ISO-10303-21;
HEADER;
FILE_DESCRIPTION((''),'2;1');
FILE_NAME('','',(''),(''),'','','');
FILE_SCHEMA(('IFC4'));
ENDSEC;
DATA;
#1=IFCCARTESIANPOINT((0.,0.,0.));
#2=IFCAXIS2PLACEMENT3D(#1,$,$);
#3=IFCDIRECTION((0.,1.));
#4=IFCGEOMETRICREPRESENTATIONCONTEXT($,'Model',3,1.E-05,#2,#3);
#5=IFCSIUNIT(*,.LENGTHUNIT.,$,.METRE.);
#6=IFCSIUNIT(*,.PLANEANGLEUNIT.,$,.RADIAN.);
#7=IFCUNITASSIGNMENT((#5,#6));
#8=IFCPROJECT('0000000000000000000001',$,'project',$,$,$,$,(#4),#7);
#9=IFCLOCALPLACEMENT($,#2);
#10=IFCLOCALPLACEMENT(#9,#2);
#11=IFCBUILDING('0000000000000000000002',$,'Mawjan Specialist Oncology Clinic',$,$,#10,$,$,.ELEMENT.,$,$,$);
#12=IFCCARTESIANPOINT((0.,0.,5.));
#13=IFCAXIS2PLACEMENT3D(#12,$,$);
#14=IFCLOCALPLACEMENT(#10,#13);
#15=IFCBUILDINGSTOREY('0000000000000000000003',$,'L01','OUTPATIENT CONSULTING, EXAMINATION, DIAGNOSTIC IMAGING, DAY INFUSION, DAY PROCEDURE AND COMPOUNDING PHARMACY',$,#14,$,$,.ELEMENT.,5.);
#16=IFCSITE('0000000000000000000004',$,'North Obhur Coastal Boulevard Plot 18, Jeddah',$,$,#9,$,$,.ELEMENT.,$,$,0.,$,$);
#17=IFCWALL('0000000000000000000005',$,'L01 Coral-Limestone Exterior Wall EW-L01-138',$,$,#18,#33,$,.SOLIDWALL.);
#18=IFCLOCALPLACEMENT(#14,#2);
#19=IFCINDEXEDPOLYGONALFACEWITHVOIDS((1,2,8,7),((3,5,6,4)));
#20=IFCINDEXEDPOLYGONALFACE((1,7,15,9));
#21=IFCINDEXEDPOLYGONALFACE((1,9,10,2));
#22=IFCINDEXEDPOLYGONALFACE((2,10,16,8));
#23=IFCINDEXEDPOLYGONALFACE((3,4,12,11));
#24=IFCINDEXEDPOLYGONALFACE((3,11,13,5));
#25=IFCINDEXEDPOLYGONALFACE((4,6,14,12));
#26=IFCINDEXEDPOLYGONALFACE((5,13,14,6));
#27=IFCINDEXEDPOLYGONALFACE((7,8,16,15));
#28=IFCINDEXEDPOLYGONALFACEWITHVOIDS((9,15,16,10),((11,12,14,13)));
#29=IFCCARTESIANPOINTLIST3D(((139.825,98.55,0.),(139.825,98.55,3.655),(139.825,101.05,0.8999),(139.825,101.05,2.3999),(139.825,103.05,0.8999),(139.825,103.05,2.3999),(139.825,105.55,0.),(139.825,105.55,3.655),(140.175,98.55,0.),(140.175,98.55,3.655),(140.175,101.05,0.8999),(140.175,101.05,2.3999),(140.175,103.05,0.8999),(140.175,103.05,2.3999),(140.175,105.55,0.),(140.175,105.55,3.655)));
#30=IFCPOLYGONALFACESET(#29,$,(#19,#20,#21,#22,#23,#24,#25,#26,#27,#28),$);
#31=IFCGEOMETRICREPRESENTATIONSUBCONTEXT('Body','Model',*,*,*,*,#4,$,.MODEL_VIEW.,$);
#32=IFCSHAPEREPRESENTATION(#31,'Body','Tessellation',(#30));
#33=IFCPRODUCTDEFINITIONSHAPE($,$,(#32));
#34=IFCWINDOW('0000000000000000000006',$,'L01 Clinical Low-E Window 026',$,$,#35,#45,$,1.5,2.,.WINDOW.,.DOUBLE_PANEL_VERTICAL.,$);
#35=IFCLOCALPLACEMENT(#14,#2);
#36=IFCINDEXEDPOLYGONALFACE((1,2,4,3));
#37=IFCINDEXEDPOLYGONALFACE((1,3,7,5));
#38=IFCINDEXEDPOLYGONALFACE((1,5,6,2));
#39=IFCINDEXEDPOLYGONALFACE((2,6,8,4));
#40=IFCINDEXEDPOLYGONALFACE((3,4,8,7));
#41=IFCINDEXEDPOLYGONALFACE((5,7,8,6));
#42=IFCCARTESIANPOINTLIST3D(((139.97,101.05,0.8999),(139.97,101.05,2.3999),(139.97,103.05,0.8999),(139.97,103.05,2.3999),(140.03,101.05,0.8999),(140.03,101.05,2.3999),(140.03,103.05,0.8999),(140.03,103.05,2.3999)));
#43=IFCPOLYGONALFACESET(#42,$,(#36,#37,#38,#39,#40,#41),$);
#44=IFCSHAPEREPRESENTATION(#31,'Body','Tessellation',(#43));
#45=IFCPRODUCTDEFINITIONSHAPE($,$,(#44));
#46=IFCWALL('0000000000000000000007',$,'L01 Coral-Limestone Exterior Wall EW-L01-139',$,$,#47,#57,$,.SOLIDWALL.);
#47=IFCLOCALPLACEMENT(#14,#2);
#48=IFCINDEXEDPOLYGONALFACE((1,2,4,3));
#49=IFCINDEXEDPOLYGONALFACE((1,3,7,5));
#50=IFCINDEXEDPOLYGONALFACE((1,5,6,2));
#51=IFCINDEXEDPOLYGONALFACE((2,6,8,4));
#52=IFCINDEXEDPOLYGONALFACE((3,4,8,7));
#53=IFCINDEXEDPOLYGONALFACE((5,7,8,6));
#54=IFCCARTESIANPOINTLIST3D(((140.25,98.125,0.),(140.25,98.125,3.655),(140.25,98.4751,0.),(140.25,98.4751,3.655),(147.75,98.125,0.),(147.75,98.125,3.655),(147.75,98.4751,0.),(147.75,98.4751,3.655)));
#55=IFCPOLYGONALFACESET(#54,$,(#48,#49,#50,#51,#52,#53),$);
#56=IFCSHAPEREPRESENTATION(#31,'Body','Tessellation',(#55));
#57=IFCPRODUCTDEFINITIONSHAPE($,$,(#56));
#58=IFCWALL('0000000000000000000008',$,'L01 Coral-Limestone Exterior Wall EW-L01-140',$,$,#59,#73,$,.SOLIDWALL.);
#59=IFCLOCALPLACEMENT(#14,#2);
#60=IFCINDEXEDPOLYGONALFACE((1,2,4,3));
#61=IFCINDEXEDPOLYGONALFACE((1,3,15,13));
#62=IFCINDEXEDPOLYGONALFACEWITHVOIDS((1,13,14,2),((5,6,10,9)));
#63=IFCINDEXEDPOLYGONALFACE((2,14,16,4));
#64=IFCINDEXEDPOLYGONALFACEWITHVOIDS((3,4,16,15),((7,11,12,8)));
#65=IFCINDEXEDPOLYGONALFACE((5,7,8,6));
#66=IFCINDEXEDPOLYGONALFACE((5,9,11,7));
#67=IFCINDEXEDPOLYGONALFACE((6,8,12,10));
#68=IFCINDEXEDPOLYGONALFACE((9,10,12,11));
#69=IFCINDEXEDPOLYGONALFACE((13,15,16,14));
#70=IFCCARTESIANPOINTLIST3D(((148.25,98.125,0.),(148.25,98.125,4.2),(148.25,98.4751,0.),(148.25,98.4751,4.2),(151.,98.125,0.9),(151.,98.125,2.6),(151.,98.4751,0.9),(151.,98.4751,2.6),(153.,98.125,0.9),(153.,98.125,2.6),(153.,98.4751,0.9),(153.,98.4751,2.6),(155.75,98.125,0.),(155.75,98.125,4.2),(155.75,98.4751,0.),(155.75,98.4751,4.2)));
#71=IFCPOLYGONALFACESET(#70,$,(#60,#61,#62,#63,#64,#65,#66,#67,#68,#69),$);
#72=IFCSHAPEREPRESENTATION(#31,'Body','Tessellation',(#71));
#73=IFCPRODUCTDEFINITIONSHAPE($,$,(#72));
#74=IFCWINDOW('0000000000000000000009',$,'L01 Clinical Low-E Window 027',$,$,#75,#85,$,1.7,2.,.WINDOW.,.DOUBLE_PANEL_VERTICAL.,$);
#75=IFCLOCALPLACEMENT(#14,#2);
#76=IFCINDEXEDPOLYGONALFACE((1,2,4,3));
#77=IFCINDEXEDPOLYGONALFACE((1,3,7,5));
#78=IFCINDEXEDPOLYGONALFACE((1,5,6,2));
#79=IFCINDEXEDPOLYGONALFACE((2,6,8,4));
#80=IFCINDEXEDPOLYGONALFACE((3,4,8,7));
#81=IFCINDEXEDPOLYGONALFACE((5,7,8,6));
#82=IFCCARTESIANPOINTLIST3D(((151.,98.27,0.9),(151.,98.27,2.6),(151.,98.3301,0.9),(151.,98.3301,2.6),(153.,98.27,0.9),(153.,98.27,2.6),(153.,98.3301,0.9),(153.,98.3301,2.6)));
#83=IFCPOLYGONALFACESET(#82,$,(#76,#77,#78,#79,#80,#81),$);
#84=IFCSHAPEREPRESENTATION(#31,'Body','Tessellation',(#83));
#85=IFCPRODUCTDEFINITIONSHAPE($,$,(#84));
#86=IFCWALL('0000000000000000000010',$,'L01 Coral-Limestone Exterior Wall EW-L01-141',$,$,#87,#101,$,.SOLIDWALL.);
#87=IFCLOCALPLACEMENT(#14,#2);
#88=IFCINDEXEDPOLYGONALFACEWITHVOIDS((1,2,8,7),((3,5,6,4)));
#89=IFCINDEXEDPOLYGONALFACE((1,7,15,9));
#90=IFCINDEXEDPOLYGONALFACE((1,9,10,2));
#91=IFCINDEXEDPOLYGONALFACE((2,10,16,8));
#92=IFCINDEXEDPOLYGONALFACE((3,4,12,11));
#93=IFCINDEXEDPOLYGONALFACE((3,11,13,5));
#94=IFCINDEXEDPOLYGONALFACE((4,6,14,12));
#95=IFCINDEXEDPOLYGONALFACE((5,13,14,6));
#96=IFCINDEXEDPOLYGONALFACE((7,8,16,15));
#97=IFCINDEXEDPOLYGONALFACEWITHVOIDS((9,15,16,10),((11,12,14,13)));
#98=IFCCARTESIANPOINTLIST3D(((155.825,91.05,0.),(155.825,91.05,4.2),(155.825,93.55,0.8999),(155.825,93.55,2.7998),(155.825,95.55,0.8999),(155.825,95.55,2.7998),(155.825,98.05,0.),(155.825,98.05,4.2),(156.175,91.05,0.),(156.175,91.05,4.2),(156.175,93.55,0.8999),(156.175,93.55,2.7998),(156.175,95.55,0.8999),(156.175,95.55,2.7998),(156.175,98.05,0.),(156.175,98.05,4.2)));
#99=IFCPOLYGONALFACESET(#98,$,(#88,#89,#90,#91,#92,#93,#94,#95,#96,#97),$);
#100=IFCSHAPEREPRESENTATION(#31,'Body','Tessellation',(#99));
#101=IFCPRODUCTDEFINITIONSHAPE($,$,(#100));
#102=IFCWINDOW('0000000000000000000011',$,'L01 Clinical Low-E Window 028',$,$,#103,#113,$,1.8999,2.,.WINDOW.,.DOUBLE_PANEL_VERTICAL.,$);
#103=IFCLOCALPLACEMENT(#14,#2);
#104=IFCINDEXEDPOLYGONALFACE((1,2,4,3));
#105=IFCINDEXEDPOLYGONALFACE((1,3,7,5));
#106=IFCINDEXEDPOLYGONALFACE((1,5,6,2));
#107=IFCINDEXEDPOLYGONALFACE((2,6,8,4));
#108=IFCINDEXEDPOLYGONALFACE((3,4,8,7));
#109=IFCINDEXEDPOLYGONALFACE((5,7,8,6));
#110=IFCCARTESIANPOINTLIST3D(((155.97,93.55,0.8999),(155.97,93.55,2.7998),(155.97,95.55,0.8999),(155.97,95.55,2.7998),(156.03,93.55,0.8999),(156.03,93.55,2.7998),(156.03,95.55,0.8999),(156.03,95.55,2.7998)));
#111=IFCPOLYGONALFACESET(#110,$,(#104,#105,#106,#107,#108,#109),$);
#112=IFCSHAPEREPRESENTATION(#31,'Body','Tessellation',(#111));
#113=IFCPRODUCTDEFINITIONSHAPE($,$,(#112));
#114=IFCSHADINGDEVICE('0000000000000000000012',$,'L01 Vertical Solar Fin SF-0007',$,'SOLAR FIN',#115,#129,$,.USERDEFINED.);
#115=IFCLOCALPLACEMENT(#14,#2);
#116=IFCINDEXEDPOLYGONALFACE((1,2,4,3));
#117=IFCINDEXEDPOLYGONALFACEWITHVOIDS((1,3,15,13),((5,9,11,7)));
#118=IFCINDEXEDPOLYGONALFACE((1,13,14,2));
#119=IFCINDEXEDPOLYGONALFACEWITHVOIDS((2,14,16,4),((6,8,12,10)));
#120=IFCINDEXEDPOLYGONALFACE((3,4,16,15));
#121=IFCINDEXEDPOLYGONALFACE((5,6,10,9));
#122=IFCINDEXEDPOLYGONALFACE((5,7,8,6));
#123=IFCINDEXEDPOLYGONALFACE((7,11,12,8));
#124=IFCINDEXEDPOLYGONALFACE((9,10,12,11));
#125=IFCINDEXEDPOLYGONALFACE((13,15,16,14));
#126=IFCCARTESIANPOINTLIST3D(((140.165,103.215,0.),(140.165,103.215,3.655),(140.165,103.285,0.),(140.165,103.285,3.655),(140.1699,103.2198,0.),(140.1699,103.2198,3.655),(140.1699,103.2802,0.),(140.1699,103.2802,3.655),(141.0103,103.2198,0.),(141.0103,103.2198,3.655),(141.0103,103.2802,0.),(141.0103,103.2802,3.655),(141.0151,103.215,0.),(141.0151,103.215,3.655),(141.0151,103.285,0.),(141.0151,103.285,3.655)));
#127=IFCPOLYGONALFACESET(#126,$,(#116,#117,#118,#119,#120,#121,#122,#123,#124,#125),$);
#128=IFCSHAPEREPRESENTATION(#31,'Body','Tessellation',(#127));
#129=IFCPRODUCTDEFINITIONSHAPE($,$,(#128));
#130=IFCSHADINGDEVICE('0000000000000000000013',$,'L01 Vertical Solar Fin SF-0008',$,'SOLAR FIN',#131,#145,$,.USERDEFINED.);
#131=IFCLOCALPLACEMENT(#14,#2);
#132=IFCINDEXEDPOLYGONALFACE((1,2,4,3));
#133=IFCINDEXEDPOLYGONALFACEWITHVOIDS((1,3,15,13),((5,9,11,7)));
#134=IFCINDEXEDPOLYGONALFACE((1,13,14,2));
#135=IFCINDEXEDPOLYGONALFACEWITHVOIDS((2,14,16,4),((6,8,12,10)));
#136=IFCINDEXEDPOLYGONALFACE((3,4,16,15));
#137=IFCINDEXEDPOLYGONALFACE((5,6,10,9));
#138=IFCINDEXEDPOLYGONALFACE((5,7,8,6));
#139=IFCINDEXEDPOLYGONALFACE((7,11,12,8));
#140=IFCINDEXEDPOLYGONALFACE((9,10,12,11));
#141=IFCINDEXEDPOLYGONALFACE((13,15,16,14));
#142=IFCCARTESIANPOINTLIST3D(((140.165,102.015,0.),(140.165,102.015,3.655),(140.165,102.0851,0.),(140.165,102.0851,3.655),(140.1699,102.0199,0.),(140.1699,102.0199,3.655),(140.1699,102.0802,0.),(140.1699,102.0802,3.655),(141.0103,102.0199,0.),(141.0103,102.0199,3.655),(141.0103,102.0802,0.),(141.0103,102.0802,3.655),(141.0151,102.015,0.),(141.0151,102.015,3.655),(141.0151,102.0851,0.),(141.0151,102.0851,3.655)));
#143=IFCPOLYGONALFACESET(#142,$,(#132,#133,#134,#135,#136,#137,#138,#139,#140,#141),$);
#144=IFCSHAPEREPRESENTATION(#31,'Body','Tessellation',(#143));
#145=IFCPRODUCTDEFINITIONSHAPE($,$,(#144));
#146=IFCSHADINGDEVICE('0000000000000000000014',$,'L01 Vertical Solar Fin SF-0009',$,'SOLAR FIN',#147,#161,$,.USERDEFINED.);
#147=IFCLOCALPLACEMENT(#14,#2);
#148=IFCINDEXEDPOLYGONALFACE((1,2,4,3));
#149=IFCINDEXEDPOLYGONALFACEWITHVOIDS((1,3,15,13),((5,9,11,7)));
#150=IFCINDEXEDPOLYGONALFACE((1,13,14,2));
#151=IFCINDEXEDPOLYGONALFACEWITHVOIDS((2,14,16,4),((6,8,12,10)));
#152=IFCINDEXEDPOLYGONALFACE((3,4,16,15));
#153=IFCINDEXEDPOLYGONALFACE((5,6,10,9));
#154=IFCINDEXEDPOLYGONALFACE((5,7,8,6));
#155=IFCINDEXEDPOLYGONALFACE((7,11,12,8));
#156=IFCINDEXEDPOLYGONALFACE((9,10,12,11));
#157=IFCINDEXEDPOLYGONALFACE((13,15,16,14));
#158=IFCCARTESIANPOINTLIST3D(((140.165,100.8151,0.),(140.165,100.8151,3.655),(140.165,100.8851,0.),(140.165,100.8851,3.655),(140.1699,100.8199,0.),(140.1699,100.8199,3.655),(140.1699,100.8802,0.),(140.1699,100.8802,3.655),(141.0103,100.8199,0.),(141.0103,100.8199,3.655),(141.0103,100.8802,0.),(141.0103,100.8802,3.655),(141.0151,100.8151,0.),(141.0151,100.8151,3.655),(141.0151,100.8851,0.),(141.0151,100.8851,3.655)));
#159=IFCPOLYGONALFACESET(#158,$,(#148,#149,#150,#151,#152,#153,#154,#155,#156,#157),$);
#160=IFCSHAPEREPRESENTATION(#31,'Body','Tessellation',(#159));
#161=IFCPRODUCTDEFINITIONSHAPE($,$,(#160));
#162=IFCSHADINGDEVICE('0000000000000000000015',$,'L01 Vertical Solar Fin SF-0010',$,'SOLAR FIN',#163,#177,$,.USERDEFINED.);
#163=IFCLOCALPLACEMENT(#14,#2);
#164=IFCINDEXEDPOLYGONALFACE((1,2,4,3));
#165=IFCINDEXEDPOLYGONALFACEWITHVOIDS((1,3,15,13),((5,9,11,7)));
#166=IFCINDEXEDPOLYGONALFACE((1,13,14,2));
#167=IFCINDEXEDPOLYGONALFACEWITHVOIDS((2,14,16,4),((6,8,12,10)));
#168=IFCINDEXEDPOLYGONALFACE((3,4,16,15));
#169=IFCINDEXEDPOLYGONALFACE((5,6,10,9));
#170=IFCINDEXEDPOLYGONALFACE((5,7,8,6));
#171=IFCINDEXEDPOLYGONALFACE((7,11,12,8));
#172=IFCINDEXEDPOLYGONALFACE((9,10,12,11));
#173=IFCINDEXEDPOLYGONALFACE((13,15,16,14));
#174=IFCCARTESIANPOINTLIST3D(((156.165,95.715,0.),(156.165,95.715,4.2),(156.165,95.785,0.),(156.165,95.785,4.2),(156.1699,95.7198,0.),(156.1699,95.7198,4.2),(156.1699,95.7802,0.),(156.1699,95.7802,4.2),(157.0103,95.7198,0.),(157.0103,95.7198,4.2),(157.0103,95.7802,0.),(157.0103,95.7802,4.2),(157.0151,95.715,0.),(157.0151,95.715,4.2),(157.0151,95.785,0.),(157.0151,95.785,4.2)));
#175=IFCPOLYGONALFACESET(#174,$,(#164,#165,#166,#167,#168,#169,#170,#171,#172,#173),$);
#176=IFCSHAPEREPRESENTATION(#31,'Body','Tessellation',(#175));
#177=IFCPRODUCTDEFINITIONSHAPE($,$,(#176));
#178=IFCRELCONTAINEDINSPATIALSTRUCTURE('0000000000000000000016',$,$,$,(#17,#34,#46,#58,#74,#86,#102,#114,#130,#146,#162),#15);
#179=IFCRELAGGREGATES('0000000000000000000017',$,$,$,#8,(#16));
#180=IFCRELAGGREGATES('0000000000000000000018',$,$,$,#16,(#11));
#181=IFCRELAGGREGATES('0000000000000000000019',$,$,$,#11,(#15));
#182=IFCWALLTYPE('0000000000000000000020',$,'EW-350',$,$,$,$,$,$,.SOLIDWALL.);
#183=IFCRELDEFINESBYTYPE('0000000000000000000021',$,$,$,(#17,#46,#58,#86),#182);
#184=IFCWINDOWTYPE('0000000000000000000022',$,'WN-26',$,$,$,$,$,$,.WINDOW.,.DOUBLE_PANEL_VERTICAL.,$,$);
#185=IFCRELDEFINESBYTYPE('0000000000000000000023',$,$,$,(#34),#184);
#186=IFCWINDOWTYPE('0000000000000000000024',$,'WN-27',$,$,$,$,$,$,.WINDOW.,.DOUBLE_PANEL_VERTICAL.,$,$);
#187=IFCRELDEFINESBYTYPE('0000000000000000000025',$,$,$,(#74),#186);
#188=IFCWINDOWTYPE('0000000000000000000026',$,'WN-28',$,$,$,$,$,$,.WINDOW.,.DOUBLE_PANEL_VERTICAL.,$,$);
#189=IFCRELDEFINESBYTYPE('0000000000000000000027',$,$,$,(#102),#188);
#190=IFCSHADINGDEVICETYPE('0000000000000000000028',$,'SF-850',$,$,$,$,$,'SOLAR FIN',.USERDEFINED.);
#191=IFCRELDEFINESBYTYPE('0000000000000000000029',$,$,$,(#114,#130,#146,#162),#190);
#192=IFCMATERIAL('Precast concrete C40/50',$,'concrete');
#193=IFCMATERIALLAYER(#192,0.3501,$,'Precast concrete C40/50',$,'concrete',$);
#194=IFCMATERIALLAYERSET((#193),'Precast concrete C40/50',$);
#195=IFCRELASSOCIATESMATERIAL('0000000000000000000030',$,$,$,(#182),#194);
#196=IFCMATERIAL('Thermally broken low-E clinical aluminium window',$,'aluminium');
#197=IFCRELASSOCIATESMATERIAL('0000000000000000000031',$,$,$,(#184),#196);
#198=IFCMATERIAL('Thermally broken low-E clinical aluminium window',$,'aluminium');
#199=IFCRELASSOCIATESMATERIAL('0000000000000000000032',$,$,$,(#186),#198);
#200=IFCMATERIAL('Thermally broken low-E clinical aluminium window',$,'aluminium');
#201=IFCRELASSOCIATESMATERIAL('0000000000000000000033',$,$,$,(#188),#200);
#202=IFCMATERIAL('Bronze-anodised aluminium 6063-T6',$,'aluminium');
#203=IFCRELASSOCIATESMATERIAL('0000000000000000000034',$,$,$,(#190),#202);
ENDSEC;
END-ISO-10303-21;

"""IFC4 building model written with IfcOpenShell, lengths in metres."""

from ifc_helpers import new_model, si_unit, direction, frame, frame_2d, origin, origin_2d, place, context, subcontext, project, spatial, rectangle, hollow_rectangle, extrude, material, layer, layer_set, material_profile, profile_set, type_object, element, fill, save


model = new_model("IFC4")

# Units and contexts
model_context = context("Model", 3, precision=1e-05, world=origin(), true_north=direction((0.0, 1.0)))
body_context = subcontext(model_context, "Body", "Model", "MODEL_VIEW")
ifc_project = project(units=[si_unit("LENGTHUNIT", "METRE"), si_unit("PLANEANGLEUNIT", "RADIAN")], contexts=[model_context])

# Site, building, storey
site_placement = place(None, origin())
site = spatial("IfcSite", under=ifc_project, at=site_placement, Name="North Obhur Coastal Boulevard Plot 18, Jeddah", CompositionType="ELEMENT", RefElevation=0.0)
building_placement = place(site_placement, origin())
building = spatial("IfcBuilding", under=site, at=building_placement, Name="Mawjan Specialist Oncology Clinic", CompositionType="ELEMENT")
storey_placement = place(building_placement, frame((0.0, 0.0, 5.0)))
storey = spatial("IfcBuildingStorey", under=building, at=storey_placement, Name="L01", Description="OUTPATIENT CONSULTING, EXAMINATION, DIAGNOSTIC IMAGING, DAY INFUSION, DAY PROCEDURE AND COMPOUNDING PHARMACY", CompositionType="ELEMENT", Elevation=5.0)

# Wall, opening, window
ifc_material_1 = material(Name="Precast concrete C40/50", Category="concrete")
ifc_layer_1 = layer(ifc_material_1, 0.3501, Name="Precast concrete C40/50", Category="concrete")
ifc_layer_set_1 = layer_set([ifc_layer_1], Name="Precast concrete C40/50")
wall_type = type_object("IfcWallType", Name="EW-350", PredefinedType="SOLIDWALL", material=ifc_layer_set_1)
wall_1_placement = place(storey_placement, frame((140.0, 105.55, 0.0), z_axis=(0.0, 0.0, 1.0), x_axis=(0.0, -1.0, 0.0)))
wall_1 = element("IfcWall", 1, at=wall_1_placement, inside=storey, type_object=wall_type, Name="L01 Coral-Limestone Exterior Wall EW-L01-138", PredefinedType="SOLIDWALL", context=body_context, shape_type="SweptSolid", body=[
    extrude(rectangle(XDim=7.0, YDim=0.3501, at=frame_2d((3.5, 0.0))), origin(), (0.0, 0.0, 1.0), 3.655),
])
opening_1_placement = place(wall_1_placement, frame((2.5, 0.0, 0.8999)))
opening_1 = element("IfcOpeningElement", 2, at=opening_1_placement, cuts=wall_1, PredefinedType="OPENING", context=body_context, shape_type="SweptSolid", body=[
    extrude(rectangle(XDim=2.0, YDim=1.5, at=frame_2d((1.0, 0.75))), frame((0.0, 0.187, 0.0), z_axis=(0.0, -1.0, 0.0), x_axis=(1.0, 0.0, 0.0)), (0.0, 0.0, 1.0), 0.374),
])
ifc_material_2 = material(Name="Thermally broken low-E clinical aluminium window", Category="aluminium")
window_type_1 = type_object("IfcWindowType", Name="WN-26", PartitioningType="DOUBLE_PANEL_VERTICAL", PredefinedType="WINDOW", material=ifc_material_2)
window_1_placement = place(opening_1_placement, origin())
window_1 = element("IfcWindow", 3, at=window_1_placement, inside=storey, type_object=window_type_1, Name="L01 Clinical Low-E Window 026", OverallHeight=1.5, OverallWidth=2.0, PartitioningType="DOUBLE_PANEL_VERTICAL", PredefinedType="WINDOW", context=body_context, shape_type="SweptSolid", body=[
    extrude(rectangle(XDim=2.0, YDim=1.5, at=frame_2d((1.0, 0.75))), frame((0.0, 0.03, 0.0), z_axis=(0.0, -1.0, 0.0), x_axis=(1.0, 0.0, 0.0)), (0.0, 0.0, 1.0), 0.0601),
])
fill(opening_1, window_1)

# Wall
wall_2_placement = place(storey_placement, frame((140.25, 98.3, 0.0), z_axis=(0.0, 0.0, 1.0), x_axis=(1.0, 0.0, 0.0)))
element("IfcWall", 4, at=wall_2_placement, inside=storey, type_object=wall_type, Name="L01 Coral-Limestone Exterior Wall EW-L01-139", PredefinedType="SOLIDWALL", context=body_context, shape_type="SweptSolid", body=[
    extrude(rectangle(XDim=7.5, YDim=0.3501, at=frame_2d((3.75, 0.0))), origin(), (0.0, 0.0, 1.0), 3.655),
])

# Walls, openings, windows
wall_3_placement = place(storey_placement, frame((148.25, 98.3, 0.0), z_axis=(0.0, 0.0, 1.0), x_axis=(1.0, 0.0, 0.0)))
wall_3 = element("IfcWall", 5, at=wall_3_placement, inside=storey, type_object=wall_type, Name="L01 Coral-Limestone Exterior Wall EW-L01-140", PredefinedType="SOLIDWALL", context=body_context, shape_type="SweptSolid", body=[
    extrude(rectangle(XDim=7.5, YDim=0.3501, at=frame_2d((3.75, 0.0))), origin(), (0.0, 0.0, 1.0), 4.2),
])
opening_2_placement = place(wall_3_placement, frame((2.75, 0.0, 0.8999)))
opening_2 = element("IfcOpeningElement", 6, at=opening_2_placement, cuts=wall_3, PredefinedType="OPENING", context=body_context, shape_type="SweptSolid", body=[
    extrude(rectangle(XDim=2.0, YDim=1.7, at=frame_2d((1.0, 0.8501))), frame((0.0, 0.187, 0.0), z_axis=(0.0, -1.0, 0.0), x_axis=(1.0, 0.0, 0.0)), (0.0, 0.0, 1.0), 0.374),
])
ifc_material_3 = material(Name="Thermally broken low-E clinical aluminium window", Category="aluminium")
window_type_2 = type_object("IfcWindowType", Name="WN-27", PartitioningType="DOUBLE_PANEL_VERTICAL", PredefinedType="WINDOW", material=ifc_material_3)
window_2_placement = place(opening_2_placement, origin())
window_2 = element("IfcWindow", 7, at=window_2_placement, inside=storey, type_object=window_type_2, Name="L01 Clinical Low-E Window 027", OverallHeight=1.7, OverallWidth=2.0, PartitioningType="DOUBLE_PANEL_VERTICAL", PredefinedType="WINDOW", context=body_context, shape_type="SweptSolid", body=[
    extrude(rectangle(XDim=2.0, YDim=1.7, at=frame_2d((1.0, 0.8501))), frame((0.0, 0.03, 0.0), z_axis=(0.0, -1.0, 0.0), x_axis=(1.0, 0.0, 0.0)), (0.0, 0.0, 1.0), 0.0601),
])
fill(opening_2, window_2)
wall_4_placement = place(storey_placement, frame((156.0, 98.05, 0.0), z_axis=(0.0, 0.0, 1.0), x_axis=(0.0, -1.0, 0.0)))
wall_4 = element("IfcWall", 8, at=wall_4_placement, inside=storey, type_object=wall_type, Name="L01 Coral-Limestone Exterior Wall EW-L01-141", PredefinedType="SOLIDWALL", context=body_context, shape_type="SweptSolid", body=[
    extrude(rectangle(XDim=7.0, YDim=0.3501, at=frame_2d((3.5, 0.0))), origin(), (0.0, 0.0, 1.0), 4.2),
])
opening_3_placement = place(wall_4_placement, frame((2.5, 0.0, 0.8999)))
opening_3 = element("IfcOpeningElement", 9, at=opening_3_placement, cuts=wall_4, PredefinedType="OPENING", context=body_context, shape_type="SweptSolid", body=[
    extrude(rectangle(XDim=2.0, YDim=1.8999, at=frame_2d((1.0, 0.95))), frame((0.0, 0.187, 0.0), z_axis=(0.0, -1.0, 0.0), x_axis=(1.0, 0.0, 0.0)), (0.0, 0.0, 1.0), 0.374),
])
ifc_material_4 = material(Name="Thermally broken low-E clinical aluminium window", Category="aluminium")
window_type_3 = type_object("IfcWindowType", Name="WN-28", PartitioningType="DOUBLE_PANEL_VERTICAL", PredefinedType="WINDOW", material=ifc_material_4)
window_3_placement = place(opening_3_placement, origin())
window_3 = element("IfcWindow", 10, at=window_3_placement, inside=storey, type_object=window_type_3, Name="L01 Clinical Low-E Window 028", OverallHeight=1.8999, OverallWidth=2.0, PartitioningType="DOUBLE_PANEL_VERTICAL", PredefinedType="WINDOW", context=body_context, shape_type="SweptSolid", body=[
    extrude(rectangle(XDim=2.0, YDim=1.8999, at=frame_2d((1.0, 0.95))), frame((0.0, 0.03, 0.0), z_axis=(0.0, -1.0, 0.0), x_axis=(1.0, 0.0, 0.0)), (0.0, 0.0, 1.0), 0.0601),
])
fill(opening_3, window_3)

# Shading devices
ifc_material_5 = material(Name="Bronze-anodised aluminium 6063-T6", Category="aluminium")
ifc_material_profile_1 = material_profile(ifc_material_5, hollow_rectangle(XDim=0.0701, YDim=0.8501, WallThickness=0.0049, at=origin_2d()), Name="FIN 850x70x5", Category="aluminium")
ifc_profile_set_1 = profile_set([ifc_material_profile_1], Name="Bronze-anodised aluminium 6063-T6")
shading_device_type = type_object("IfcShadingDeviceType", Name="SF-850", ElementType="SOLAR FIN", PredefinedType="USERDEFINED", material=ifc_profile_set_1)
for number, where, z_axis, x_axis, name in (
    (11, (140.5901, 103.25, 0.0), (0.0, 0.0, 1.0), (0.0, -1.0, 0.0), "L01 Vertical Solar Fin SF-0007"),
    (12, (140.5901, 102.05, 0.0), (0.0, 0.0, 1.0), (0.0, -1.0, 0.0), "L01 Vertical Solar Fin SF-0008"),
    (13, (140.5901, 100.8501, 0.0), (0.0, 0.0, 1.0), (0.0, -1.0, 0.0), "L01 Vertical Solar Fin SF-0009"),
):
    element("IfcShadingDevice", number, at=place(storey_placement, frame(where, z_axis=z_axis, x_axis=x_axis)), inside=storey, type_object=shading_device_type, Name=name, ObjectType="SOLAR FIN", PredefinedType="USERDEFINED", context=body_context, shape_type="SweptSolid", body=[
        extrude(hollow_rectangle(XDim=0.0701, YDim=0.8501, WallThickness=0.0049, at=origin_2d()), origin(), (0.0, 0.0, 1.0), 3.655),
    ])
for number, where, z_axis, x_axis, name in (
    (14, (156.5901, 95.75, 0.0), (0.0, 0.0, 1.0), (0.0, -1.0, 0.0), "L01 Vertical Solar Fin SF-0010"),
):
    element("IfcShadingDevice", number, at=place(storey_placement, frame(where, z_axis=z_axis, x_axis=x_axis)), inside=storey, type_object=shading_device_type, Name=name, ObjectType="SOLAR FIN", PredefinedType="USERDEFINED", context=body_context, shape_type="SweptSolid", body=[
        extrude(hollow_rectangle(XDim=0.0701, YDim=0.8501, WallThickness=0.0049, at=origin_2d()), origin(), (0.0, 0.0, 1.0), 4.2),
    ])

save(model, "model.ifc")
